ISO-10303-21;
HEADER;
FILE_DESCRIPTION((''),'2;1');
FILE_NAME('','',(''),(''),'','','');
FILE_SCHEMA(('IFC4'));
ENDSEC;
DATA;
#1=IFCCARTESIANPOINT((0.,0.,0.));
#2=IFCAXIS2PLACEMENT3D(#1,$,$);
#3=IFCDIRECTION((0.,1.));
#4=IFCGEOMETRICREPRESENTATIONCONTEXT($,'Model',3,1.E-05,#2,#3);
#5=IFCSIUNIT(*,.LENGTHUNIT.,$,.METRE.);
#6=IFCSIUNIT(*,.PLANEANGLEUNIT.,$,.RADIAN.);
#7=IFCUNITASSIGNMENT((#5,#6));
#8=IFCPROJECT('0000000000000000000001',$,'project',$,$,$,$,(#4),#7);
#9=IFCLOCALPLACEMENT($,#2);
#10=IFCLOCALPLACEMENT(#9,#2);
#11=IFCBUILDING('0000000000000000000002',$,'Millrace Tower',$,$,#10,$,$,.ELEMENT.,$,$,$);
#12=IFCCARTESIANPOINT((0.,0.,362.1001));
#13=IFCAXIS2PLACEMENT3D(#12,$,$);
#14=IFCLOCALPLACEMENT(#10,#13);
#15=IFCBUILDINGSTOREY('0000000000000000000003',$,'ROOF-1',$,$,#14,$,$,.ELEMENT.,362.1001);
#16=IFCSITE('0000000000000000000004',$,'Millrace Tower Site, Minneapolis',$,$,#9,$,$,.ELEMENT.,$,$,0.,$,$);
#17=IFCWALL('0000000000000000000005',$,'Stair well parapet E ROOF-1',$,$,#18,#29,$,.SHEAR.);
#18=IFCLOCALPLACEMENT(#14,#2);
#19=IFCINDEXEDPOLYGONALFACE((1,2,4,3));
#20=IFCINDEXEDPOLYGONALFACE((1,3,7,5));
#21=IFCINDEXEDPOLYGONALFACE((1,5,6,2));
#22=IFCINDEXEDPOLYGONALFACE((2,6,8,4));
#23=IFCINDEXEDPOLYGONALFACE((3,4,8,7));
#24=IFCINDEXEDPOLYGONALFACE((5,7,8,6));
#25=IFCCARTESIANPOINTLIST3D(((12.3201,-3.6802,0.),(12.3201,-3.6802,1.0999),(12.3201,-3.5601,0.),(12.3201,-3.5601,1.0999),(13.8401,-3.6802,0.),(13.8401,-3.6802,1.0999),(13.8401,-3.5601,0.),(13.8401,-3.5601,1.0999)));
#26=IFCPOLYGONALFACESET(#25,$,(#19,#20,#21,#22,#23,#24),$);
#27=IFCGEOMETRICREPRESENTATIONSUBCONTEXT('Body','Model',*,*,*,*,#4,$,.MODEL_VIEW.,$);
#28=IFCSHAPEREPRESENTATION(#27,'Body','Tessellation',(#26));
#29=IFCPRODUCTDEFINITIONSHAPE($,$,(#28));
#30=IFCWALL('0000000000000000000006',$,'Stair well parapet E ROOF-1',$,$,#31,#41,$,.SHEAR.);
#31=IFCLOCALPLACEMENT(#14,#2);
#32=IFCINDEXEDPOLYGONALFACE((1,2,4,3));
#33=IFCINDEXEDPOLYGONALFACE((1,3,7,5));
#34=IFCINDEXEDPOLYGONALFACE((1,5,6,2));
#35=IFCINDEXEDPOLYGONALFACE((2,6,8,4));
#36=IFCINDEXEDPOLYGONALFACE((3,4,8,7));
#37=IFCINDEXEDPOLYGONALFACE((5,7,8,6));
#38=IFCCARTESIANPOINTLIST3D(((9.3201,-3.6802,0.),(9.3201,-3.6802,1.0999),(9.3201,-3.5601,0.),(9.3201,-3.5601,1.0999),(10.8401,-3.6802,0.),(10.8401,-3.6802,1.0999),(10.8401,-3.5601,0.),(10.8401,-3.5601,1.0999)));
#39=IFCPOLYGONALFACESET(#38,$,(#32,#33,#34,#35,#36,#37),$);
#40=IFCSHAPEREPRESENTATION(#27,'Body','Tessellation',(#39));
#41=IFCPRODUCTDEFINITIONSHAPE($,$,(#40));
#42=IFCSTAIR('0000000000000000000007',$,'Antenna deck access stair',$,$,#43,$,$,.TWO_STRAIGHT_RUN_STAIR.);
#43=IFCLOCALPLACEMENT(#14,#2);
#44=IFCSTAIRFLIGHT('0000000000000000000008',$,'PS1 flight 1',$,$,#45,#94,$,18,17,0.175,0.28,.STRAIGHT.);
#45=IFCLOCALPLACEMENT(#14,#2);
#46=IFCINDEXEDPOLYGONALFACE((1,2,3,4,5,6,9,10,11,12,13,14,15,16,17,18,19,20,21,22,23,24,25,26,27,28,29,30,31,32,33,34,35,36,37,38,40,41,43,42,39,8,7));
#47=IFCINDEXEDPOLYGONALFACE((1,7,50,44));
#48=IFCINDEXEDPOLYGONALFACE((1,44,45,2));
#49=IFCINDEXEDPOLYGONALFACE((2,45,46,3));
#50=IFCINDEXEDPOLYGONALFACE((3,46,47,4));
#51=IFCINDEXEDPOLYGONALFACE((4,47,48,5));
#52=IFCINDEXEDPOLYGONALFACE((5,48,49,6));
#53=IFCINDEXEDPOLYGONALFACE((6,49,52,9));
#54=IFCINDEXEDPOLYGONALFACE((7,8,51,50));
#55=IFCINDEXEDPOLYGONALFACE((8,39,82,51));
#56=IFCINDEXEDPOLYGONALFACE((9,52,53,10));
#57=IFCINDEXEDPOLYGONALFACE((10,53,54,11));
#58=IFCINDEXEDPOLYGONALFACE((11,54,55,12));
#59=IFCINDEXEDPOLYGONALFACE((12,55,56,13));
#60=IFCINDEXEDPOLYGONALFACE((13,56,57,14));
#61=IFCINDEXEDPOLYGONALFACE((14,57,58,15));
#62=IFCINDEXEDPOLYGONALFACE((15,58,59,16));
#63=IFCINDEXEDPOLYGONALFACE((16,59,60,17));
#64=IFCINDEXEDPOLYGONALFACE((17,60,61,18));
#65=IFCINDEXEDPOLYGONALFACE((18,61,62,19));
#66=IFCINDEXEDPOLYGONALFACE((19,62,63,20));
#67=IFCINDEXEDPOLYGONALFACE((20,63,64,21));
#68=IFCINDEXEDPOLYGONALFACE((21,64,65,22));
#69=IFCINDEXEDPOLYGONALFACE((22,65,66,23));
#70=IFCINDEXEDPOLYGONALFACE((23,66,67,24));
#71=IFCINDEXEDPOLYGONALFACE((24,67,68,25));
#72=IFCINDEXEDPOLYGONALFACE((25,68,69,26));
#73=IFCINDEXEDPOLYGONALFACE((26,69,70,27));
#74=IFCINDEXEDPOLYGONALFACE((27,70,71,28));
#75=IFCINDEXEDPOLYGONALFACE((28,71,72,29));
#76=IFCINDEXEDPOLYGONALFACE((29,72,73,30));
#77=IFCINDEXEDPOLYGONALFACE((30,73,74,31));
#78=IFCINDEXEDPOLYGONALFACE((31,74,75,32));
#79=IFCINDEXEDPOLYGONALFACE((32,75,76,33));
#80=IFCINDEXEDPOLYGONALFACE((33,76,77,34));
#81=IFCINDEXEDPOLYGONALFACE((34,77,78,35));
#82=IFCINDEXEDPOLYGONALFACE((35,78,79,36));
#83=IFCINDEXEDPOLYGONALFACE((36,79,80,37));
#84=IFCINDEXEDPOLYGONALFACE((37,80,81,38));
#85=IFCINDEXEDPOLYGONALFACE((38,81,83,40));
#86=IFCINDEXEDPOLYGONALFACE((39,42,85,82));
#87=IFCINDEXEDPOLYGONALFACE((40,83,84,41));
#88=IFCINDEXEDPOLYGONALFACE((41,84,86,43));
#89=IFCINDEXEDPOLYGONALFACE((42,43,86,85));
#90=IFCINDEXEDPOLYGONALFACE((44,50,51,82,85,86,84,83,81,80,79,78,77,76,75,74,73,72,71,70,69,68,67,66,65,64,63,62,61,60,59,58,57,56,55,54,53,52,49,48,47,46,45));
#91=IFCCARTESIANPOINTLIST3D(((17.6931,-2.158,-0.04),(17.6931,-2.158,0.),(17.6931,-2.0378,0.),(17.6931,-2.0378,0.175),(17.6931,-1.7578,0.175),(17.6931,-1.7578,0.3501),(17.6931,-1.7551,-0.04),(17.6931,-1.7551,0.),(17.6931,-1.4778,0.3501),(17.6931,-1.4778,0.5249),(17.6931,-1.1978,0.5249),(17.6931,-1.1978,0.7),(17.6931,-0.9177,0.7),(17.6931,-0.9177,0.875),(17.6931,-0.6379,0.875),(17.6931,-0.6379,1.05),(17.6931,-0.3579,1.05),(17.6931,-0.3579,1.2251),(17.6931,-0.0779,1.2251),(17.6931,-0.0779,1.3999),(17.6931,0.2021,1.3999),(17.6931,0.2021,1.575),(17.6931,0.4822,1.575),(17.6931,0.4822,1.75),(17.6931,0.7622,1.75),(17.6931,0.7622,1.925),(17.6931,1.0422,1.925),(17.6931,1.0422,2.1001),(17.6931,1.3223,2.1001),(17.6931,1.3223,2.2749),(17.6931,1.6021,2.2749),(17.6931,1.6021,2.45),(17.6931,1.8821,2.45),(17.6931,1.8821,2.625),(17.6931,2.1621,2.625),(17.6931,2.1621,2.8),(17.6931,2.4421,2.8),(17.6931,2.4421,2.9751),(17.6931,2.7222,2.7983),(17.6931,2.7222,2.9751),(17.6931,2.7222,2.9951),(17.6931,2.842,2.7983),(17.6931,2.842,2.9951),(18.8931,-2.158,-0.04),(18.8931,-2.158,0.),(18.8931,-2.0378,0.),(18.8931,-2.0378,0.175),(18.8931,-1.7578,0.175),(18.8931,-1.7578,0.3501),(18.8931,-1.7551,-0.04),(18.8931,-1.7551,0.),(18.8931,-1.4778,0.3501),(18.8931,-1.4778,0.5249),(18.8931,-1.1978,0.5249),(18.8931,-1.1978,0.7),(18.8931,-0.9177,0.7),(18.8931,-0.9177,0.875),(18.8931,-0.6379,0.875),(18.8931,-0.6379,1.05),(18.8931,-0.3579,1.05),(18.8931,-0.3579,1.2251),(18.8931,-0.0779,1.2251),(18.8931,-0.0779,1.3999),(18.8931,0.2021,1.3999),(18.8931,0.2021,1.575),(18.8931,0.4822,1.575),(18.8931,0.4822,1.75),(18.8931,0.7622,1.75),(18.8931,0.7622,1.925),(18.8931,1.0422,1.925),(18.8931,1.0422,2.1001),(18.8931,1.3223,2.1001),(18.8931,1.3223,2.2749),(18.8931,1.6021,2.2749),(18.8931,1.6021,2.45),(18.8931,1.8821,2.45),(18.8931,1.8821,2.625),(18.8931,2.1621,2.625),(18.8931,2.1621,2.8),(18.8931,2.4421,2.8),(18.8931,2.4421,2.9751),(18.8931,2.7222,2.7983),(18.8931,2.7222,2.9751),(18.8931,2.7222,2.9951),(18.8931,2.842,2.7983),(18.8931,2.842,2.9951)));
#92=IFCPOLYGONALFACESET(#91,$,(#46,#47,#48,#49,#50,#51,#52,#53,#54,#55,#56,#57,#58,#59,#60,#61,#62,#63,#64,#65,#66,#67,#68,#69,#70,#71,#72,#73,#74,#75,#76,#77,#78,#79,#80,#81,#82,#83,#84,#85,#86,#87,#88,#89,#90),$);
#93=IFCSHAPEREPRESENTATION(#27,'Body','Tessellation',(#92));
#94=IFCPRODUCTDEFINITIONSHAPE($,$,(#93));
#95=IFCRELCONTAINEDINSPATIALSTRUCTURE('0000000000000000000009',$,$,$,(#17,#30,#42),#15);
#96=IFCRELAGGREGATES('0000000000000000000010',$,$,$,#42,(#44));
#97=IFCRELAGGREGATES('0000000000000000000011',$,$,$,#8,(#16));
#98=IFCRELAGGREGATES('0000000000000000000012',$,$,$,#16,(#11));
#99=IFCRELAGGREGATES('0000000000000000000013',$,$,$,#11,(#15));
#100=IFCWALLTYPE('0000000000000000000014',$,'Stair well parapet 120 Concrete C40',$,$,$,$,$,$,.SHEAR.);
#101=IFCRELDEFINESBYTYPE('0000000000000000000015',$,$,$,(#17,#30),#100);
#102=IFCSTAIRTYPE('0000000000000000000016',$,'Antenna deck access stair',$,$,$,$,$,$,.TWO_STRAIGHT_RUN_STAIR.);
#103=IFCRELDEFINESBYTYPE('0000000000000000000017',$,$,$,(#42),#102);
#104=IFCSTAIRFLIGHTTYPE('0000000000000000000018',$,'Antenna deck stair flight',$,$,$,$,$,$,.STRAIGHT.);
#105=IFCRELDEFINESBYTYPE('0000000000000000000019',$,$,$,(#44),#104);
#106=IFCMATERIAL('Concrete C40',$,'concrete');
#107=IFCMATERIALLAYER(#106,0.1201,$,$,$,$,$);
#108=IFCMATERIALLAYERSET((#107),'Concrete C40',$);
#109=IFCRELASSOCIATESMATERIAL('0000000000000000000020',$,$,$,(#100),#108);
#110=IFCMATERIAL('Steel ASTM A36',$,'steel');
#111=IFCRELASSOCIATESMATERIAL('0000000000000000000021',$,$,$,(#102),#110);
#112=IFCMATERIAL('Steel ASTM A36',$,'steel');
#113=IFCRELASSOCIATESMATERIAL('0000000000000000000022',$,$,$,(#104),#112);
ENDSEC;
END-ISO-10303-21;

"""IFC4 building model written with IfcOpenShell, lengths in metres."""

from ifc_helpers import new_model, si_unit, direction, frame, frame_2d, origin, place, context, subcontext, project, spatial, polyline, rectangle, outline, extrude, material, layer, layer_set, type_object, element, aggregate, save


model = new_model("IFC4")

# Units and contexts
model_context = context("Model", 3, precision=1e-05, world=origin(), true_north=direction((0.0, 1.0)))
body_context = subcontext(model_context, "Body", "Model", "MODEL_VIEW")
ifc_project = project(units=[si_unit("LENGTHUNIT", "METRE"), si_unit("PLANEANGLEUNIT", "RADIAN")], contexts=[model_context])

# Site, building, storey
site_placement = place(None, origin())
site = spatial("IfcSite", under=ifc_project, at=site_placement, Name="Millrace Tower Site, Minneapolis", CompositionType="ELEMENT", RefElevation=0.0)
building_placement = place(site_placement, origin())
building = spatial("IfcBuilding", under=site, at=building_placement, Name="Millrace Tower", CompositionType="ELEMENT")
storey_placement = place(building_placement, frame((0.0, 0.0, 362.1001)))
storey = spatial("IfcBuildingStorey", under=building, at=storey_placement, Name="ROOF-1", CompositionType="ELEMENT", Elevation=362.1001)

# Shared definitions
placement_1 = place(storey_placement, origin())

# Walls
ifc_material_1 = material(Name="Concrete C40", Category="concrete")
ifc_layer_1 = layer(ifc_material_1, 0.1201)
ifc_layer_set_1 = layer_set([ifc_layer_1], Name="Concrete C40")
wall_type_1 = type_object("IfcWallType", Name="Stair well parapet 120 Concrete C40", PredefinedType="SHEAR", material=ifc_layer_set_1)
for number, where, z_axis, x_axis, name in (
    (1, (13.8401, -3.6201, 0.0), (0.0, 0.0, 1.0), (-1.0, 0.0, 0.0), "Stair well parapet E ROOF-1"),
    (2, (10.8401, -3.6201, 0.0), (0.0, 0.0, 1.0), (-1.0, 0.0, 0.0), "Stair well parapet E ROOF-1"),
):
    element("IfcWall", number, at=place(storey_placement, frame(where, z_axis=z_axis, x_axis=x_axis)), inside=storey, type_object=wall_type_1, Name=name, PredefinedType="SHEAR", context=body_context, shape_type="SweptSolid", body=[
        extrude(rectangle(XDim=1.52, YDim=0.1201, at=frame_2d((0.76, 0.0))), origin(), (0.0, 0.0, 1.0), 1.0999),
    ])

# Stair, stair flight
ifc_material_2 = material(Name="Steel ASTM A36", Category="steel")
stair_type = type_object("IfcStairType", Name="Antenna deck access stair", PredefinedType="TWO_STRAIGHT_RUN_STAIR", material=ifc_material_2)
stair = element("IfcStair", 3, at=placement_1, inside=storey, type_object=stair_type, Name="Antenna deck access stair", PredefinedType="TWO_STRAIGHT_RUN_STAIR")
ifc_material_3 = material(Name="Steel ASTM A36", Category="steel")
stair_flight_type = type_object("IfcStairFlightType", Name="Antenna deck stair flight", PredefinedType="STRAIGHT", material=ifc_material_3)
stair_flight_placement = place(storey_placement, frame((18.2932, -2.0378, 0.0), z_axis=(0.0, 0.0, 1.0), x_axis=(0.0, 1.0, 0.0)))
stair_flight = element("IfcStairFlight", 4, at=stair_flight_placement, type_object=stair_flight_type, Name="PS1 flight 1", NumberOfRisers=18, NumberOfTreads=17, PredefinedType="STRAIGHT", RiserHeight=0.175, TreadLength=0.28, context=body_context, shape_type="SweptSolid", body=[
    extrude(outline(polyline([(-0.1201, -0.04), (-0.1201, 0.0), (0.0, 0.0), (0.0, 0.175), (0.28, 0.175), (0.28, 0.3501), (0.5601, 0.3501), (0.5601, 0.5249), (0.8401, 0.5249), (0.8401, 0.7), (1.1201, 0.7), (1.1201, 0.875), (1.3999, 0.875), (1.3999, 1.05), (1.6799, 1.05), (1.6799, 1.2251), (1.96, 1.2251), (1.96, 1.3999), (2.24, 1.3999), (2.24, 1.575), (2.52, 1.575), (2.52, 1.75), (2.8, 1.75), (2.8, 1.925), (3.0801, 1.925), (3.0801, 2.1001), (3.3601, 2.1001), (3.3601, 2.2749), (3.6399, 2.2749), (3.6399, 2.45), (3.9199, 2.45), (3.9199, 2.625), (4.2, 2.625), (4.2, 2.8), (4.48, 2.8), (4.48, 2.9751), (4.76, 2.9751), (4.76, 2.9951), (4.8799, 2.9951), (4.8799, 2.7983), (4.76, 2.7983), (0.2827, 0.0), (0.2827, -0.04), (-0.1201, -0.04)])), frame((0.0, 0.6001, 0.0), z_axis=(0.0, -1.0, 0.0), x_axis=(1.0, 0.0, 0.0)), (0.0, 0.0, 1.0), 1.2),
])
aggregate(stair, [stair_flight])

save(model, "model.ifc")
